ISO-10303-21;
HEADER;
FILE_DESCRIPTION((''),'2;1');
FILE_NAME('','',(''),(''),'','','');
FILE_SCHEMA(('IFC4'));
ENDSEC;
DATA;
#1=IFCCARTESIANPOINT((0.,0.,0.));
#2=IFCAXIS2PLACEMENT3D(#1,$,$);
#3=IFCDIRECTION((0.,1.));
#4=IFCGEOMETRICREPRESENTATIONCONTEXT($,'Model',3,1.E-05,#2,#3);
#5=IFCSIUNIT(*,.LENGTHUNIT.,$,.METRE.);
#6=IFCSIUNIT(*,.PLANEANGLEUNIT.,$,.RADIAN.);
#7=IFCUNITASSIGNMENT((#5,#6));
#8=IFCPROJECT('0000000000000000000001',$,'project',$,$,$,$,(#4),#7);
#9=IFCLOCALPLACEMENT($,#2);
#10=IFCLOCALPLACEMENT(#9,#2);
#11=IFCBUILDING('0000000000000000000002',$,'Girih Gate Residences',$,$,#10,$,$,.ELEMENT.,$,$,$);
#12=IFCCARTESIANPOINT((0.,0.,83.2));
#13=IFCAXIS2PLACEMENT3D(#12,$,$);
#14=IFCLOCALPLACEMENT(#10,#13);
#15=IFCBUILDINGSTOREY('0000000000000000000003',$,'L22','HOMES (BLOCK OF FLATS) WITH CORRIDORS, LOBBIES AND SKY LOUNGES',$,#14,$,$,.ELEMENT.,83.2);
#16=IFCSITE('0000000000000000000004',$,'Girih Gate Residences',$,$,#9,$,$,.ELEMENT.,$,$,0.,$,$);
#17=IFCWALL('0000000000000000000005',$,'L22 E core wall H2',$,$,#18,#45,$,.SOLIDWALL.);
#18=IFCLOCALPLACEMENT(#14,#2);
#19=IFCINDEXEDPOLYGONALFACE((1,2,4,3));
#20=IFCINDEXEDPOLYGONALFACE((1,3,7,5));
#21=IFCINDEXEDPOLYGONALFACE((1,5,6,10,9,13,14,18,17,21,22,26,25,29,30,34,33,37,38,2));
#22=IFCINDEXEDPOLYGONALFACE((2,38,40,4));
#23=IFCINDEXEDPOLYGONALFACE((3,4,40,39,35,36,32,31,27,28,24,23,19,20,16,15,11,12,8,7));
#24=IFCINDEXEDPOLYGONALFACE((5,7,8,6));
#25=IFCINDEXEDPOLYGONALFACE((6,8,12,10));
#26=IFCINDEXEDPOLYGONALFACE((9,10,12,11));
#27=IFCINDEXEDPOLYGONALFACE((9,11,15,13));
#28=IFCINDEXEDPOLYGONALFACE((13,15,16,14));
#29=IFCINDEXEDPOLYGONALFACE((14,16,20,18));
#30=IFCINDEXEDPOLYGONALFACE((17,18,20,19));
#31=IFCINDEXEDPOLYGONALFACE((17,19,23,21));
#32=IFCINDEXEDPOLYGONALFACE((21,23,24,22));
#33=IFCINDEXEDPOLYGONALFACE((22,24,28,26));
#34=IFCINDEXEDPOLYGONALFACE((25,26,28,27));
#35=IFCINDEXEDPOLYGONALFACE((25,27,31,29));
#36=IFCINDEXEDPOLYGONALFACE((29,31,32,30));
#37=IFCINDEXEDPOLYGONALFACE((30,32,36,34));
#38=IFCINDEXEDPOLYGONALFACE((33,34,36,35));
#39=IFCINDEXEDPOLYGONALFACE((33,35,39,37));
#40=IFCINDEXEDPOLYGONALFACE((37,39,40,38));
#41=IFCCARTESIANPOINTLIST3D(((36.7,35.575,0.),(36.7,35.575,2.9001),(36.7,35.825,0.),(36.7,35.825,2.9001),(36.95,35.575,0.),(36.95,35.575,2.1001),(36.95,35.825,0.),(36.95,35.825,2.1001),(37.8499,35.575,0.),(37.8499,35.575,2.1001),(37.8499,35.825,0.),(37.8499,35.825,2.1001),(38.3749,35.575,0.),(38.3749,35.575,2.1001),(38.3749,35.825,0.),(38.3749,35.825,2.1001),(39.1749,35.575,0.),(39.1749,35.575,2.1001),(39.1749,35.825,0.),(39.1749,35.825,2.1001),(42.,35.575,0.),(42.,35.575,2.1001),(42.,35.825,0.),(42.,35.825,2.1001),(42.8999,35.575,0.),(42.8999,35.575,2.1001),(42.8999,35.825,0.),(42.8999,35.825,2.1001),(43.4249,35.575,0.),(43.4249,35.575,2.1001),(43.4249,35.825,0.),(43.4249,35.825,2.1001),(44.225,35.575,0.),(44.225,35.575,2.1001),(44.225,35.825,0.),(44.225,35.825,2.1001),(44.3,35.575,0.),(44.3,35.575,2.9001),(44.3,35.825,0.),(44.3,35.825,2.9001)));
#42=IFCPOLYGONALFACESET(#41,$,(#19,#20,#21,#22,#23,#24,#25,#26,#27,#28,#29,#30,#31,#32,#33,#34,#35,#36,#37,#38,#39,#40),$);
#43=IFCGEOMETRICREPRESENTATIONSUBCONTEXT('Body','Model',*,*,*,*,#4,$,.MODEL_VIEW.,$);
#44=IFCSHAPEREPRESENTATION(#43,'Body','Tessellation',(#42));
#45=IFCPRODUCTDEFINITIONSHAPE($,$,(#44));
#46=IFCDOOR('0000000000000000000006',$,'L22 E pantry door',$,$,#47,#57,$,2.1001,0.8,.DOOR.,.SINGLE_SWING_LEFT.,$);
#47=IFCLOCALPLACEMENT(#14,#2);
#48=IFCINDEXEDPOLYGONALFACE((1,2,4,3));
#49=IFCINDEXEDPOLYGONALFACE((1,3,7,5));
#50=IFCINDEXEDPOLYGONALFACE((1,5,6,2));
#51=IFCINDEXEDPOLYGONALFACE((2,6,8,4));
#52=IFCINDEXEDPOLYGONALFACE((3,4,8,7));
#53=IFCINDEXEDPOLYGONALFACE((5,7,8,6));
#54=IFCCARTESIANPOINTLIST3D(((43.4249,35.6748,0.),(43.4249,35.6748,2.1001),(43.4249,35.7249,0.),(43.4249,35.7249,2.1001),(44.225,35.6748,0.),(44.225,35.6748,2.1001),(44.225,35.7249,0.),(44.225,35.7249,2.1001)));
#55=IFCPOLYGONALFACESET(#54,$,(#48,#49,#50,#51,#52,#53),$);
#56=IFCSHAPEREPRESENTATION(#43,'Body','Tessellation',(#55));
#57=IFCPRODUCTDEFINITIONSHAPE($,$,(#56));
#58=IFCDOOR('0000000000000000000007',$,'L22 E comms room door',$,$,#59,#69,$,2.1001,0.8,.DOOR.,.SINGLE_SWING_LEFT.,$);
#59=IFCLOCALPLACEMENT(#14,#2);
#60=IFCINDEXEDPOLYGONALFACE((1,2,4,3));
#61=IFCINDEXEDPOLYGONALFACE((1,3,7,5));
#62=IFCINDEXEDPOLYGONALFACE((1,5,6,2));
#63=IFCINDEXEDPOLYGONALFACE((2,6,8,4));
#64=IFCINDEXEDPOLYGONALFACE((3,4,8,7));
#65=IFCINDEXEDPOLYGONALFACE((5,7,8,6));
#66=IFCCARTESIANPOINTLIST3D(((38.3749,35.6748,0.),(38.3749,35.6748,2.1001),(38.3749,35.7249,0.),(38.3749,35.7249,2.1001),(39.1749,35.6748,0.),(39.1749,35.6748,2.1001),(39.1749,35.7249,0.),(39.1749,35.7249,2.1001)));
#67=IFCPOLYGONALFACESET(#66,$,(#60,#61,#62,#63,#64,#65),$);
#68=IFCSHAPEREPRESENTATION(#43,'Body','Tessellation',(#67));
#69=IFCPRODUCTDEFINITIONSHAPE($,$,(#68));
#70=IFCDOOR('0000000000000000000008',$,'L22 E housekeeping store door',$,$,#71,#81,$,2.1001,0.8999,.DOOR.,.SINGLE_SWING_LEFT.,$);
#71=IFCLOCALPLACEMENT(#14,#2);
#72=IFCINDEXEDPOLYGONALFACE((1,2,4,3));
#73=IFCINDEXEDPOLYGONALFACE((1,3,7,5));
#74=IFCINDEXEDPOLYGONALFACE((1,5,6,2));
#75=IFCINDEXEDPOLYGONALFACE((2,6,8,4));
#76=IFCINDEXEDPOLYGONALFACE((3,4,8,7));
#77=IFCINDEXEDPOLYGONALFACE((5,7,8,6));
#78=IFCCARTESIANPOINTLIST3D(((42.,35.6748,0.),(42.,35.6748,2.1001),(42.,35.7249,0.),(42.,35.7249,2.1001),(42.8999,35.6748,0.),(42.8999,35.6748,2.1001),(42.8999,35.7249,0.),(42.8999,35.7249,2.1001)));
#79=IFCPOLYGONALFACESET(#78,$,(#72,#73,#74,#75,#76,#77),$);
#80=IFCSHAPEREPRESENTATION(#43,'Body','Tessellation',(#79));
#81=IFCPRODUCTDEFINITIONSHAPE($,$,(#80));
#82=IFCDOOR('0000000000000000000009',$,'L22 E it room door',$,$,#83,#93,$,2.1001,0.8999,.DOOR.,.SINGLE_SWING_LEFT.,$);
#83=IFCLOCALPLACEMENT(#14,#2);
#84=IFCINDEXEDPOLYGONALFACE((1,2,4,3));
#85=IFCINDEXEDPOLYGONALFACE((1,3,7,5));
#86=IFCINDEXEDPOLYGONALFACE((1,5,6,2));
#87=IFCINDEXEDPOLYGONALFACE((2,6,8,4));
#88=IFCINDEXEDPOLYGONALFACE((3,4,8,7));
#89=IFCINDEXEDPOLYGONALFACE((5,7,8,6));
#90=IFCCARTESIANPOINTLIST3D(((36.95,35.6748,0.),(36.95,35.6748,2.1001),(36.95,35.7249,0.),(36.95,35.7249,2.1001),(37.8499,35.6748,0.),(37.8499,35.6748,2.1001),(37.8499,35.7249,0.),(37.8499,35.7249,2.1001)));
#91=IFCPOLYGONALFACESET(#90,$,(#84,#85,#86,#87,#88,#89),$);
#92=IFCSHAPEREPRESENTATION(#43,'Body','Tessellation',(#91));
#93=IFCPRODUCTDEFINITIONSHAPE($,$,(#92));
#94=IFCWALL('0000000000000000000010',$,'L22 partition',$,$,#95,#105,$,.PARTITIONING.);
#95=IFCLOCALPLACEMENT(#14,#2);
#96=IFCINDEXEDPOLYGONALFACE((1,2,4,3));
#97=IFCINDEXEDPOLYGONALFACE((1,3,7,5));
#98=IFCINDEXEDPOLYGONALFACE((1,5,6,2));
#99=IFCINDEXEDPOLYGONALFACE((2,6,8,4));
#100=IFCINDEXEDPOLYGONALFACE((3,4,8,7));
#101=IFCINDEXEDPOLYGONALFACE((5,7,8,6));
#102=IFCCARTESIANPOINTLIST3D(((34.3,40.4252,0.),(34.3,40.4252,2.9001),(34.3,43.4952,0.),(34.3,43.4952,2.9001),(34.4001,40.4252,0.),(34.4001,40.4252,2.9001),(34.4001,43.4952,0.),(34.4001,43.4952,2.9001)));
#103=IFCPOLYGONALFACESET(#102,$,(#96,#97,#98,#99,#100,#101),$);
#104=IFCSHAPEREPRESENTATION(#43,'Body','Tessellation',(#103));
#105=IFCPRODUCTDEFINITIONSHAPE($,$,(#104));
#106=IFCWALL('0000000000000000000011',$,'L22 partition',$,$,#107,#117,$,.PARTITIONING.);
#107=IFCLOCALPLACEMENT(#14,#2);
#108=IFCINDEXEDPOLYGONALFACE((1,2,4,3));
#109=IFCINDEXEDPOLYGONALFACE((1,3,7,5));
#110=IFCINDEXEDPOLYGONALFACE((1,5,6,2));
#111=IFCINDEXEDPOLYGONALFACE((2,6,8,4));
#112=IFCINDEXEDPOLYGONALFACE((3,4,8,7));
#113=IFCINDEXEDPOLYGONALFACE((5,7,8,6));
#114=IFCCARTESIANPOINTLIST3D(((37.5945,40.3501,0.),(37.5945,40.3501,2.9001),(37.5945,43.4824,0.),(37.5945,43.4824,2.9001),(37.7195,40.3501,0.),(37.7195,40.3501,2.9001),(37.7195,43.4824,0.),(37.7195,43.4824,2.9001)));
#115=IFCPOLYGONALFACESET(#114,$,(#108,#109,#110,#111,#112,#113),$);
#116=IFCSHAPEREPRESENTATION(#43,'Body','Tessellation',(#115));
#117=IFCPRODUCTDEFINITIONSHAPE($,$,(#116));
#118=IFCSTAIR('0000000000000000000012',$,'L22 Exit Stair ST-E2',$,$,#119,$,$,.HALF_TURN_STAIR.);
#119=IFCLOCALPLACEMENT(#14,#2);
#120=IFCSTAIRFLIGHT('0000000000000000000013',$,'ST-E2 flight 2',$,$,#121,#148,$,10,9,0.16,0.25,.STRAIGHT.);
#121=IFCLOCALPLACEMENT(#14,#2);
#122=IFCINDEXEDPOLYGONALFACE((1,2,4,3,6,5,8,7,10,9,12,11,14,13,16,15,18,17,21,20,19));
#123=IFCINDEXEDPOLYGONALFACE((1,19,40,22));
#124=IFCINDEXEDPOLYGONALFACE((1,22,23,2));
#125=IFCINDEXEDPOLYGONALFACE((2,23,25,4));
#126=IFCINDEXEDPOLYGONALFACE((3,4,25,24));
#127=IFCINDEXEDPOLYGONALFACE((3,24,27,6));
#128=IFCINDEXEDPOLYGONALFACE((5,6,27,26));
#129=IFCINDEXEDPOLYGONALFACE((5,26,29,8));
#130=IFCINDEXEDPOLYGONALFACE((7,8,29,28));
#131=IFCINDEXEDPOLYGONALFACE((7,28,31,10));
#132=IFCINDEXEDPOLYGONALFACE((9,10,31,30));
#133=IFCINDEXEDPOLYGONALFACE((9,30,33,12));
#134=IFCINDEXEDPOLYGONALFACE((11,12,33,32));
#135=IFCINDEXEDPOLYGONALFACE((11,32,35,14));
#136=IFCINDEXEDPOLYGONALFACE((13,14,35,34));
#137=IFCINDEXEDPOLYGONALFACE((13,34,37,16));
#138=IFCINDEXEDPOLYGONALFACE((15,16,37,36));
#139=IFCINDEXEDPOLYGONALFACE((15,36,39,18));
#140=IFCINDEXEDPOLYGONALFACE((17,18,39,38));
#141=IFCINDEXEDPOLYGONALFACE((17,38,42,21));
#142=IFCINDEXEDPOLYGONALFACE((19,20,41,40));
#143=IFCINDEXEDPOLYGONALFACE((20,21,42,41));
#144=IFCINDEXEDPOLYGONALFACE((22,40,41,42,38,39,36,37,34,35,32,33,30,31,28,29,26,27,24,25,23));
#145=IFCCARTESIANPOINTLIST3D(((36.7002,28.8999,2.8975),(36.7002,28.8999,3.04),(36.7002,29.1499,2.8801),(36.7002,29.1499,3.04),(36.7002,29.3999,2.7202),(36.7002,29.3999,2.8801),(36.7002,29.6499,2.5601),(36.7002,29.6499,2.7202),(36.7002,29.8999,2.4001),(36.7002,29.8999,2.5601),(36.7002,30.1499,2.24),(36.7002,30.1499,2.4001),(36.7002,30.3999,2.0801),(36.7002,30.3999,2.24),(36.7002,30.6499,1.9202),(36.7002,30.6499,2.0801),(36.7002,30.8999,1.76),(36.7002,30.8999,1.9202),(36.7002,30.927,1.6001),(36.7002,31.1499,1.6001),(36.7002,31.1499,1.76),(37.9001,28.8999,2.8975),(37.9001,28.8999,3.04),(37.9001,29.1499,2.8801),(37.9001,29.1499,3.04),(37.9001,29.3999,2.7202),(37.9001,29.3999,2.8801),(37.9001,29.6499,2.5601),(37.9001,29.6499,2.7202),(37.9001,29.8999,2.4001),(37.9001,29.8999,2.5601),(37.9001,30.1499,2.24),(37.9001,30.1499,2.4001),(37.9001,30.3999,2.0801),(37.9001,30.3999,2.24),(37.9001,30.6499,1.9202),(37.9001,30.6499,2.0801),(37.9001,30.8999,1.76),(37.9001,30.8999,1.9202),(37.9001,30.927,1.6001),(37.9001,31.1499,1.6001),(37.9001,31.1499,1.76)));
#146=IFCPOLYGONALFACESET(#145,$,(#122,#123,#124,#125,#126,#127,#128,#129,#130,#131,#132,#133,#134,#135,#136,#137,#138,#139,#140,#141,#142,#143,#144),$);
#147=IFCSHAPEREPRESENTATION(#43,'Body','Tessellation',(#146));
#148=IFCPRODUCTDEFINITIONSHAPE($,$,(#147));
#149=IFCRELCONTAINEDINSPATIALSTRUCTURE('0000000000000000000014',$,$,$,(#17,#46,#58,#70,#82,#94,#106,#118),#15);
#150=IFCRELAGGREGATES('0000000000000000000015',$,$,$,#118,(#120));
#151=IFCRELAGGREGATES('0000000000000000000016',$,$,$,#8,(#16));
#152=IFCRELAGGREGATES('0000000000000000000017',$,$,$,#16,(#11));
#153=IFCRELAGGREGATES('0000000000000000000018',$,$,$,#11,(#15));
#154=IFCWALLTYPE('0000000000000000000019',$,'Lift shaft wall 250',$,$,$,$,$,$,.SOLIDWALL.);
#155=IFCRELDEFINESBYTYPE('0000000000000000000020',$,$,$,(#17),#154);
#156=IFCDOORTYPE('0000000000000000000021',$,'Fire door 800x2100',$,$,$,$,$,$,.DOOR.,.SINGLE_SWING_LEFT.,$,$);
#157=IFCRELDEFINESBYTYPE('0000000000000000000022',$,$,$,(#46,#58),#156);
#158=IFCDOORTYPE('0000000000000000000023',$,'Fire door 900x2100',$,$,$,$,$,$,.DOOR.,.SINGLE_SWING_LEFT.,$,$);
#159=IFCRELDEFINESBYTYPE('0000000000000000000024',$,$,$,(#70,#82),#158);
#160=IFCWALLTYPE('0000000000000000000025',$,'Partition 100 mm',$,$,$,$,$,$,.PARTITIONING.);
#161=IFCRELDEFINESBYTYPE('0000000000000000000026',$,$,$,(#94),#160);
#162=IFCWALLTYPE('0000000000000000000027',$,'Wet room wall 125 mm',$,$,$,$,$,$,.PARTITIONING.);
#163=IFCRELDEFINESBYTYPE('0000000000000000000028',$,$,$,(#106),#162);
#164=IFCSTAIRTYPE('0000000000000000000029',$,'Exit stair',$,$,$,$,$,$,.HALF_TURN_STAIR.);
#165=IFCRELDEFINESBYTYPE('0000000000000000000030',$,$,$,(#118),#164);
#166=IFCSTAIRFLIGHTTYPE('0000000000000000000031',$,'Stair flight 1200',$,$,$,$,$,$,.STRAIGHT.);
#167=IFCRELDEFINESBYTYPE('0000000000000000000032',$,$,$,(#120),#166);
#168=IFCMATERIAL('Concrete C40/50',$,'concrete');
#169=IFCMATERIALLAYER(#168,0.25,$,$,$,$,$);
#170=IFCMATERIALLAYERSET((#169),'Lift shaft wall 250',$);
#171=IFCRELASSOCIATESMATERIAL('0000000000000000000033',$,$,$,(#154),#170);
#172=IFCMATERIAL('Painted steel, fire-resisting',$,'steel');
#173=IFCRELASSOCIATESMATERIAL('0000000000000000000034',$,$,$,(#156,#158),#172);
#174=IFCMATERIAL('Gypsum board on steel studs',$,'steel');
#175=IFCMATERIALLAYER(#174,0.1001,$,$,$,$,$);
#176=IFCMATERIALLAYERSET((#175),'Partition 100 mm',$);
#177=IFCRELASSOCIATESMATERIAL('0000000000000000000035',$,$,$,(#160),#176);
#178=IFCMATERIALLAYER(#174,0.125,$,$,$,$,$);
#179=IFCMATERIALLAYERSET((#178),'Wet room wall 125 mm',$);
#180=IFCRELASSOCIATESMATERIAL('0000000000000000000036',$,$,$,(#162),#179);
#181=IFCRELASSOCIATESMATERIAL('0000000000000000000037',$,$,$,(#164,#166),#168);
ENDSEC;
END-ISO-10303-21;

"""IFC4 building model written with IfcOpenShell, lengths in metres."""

from ifc_helpers import new_model, si_unit, direction, frame, frame_2d, origin, place, context, subcontext, project, spatial, polyline, rectangle, outline, extrude, material, layer, layer_set, type_object, element, fill, aggregate, save


model = new_model("IFC4")

# Units and contexts
model_context = context("Model", 3, precision=1e-05, world=origin(), true_north=direction((0.0, 1.0)))
body_context = subcontext(model_context, "Body", "Model", "MODEL_VIEW")
ifc_project = project(units=[si_unit("LENGTHUNIT", "METRE"), si_unit("PLANEANGLEUNIT", "RADIAN")], contexts=[model_context])

# Site, building, storey
site_placement = place(None, origin())
site = spatial("IfcSite", under=ifc_project, at=site_placement, Name="Girih Gate Residences", CompositionType="ELEMENT", RefElevation=0.0)
building_placement = place(site_placement, origin())
building = spatial("IfcBuilding", under=site, at=building_placement, Name="Girih Gate Residences", CompositionType="ELEMENT")
storey_placement = place(building_placement, frame((0.0, 0.0, 83.2)))
storey = spatial("IfcBuildingStorey", under=building, at=storey_placement, Name="L22", Description="HOMES (BLOCK OF FLATS) WITH CORRIDORS, LOBBIES AND SKY LOUNGES", CompositionType="ELEMENT", Elevation=83.2)

# Shared definitions
ifc_material_1 = material(Name="Gypsum board on steel studs", Category="steel")

# Shared definitions
ifc_material_2 = material(Name="Concrete C40/50", Category="concrete")
ifc_layer_1 = layer(ifc_material_2, 0.25)
ifc_layer_set_1 = layer_set([ifc_layer_1], Name="Lift shaft wall 250")
wall_type_1 = type_object("IfcWallType", Name="Lift shaft wall 250", PredefinedType="SOLIDWALL", material=ifc_layer_set_1)

# Wall, openings, doors
wall_1_placement = place(storey_placement, frame((36.7, 35.7, 0.0), z_axis=(0.0, 0.0, 1.0), x_axis=(1.0, 0.0, 0.0)))
wall_1 = element("IfcWall", 1, at=wall_1_placement, inside=storey, type_object=wall_type_1, Name="L22 E core wall H2", PredefinedType="SOLIDWALL", context=body_context, shape_type="SweptSolid", body=[
    extrude(rectangle(XDim=7.6001, YDim=0.25, at=frame_2d((3.8, 0.0))), origin(), (0.0, 0.0, 1.0), 2.9001),
])
opening_1_placement = place(wall_1_placement, frame((6.7251, 0.0, 0.0)))
opening_1 = element("IfcOpeningElement", 2, at=opening_1_placement, cuts=wall_1, PredefinedType="OPENING", context=body_context, shape_type="SweptSolid", body=[
    extrude(rectangle(XDim=0.8, YDim=2.1001, at=frame_2d((0.3999, 1.05))), frame((0.0, 0.135, 0.0), z_axis=(0.0, -1.0, 0.0), x_axis=(1.0, 0.0, 0.0)), (0.0, 0.0, 1.0), 0.27),
])
opening_2_placement = place(wall_1_placement, frame((5.3, 0.0, 0.0)))
opening_2 = element("IfcOpeningElement", 3, at=opening_2_placement, cuts=wall_1, PredefinedType="OPENING", context=body_context, shape_type="SweptSolid", body=[
    extrude(rectangle(XDim=0.8999, YDim=2.1001, at=frame_2d((0.45, 1.05))), frame((0.0, 0.135, 0.0), z_axis=(0.0, -1.0, 0.0), x_axis=(1.0, 0.0, 0.0)), (0.0, 0.0, 1.0), 0.27),
])
opening_3_placement = place(wall_1_placement, frame((1.675, 0.0, 0.0)))
opening_3 = element("IfcOpeningElement", 4, at=opening_3_placement, cuts=wall_1, PredefinedType="OPENING", context=body_context, shape_type="SweptSolid", body=[
    extrude(rectangle(XDim=0.8, YDim=2.1001, at=frame_2d((0.3999, 1.05))), frame((0.0, 0.135, 0.0), z_axis=(0.0, -1.0, 0.0), x_axis=(1.0, 0.0, 0.0)), (0.0, 0.0, 1.0), 0.27),
])
opening_4_placement = place(wall_1_placement, frame((0.25, 0.0, 0.0)))
opening_4 = element("IfcOpeningElement", 5, at=opening_4_placement, cuts=wall_1, PredefinedType="OPENING", context=body_context, shape_type="SweptSolid", body=[
    extrude(rectangle(XDim=0.8999, YDim=2.1001, at=frame_2d((0.45, 1.05))), frame((0.0, 0.135, 0.0), z_axis=(0.0, -1.0, 0.0), x_axis=(1.0, 0.0, 0.0)), (0.0, 0.0, 1.0), 0.27),
])
ifc_material_3 = material(Name="Painted steel, fire-resisting", Category="steel")
door_type_1 = type_object("IfcDoorType", Name="Fire door 800x2100", OperationType="SINGLE_SWING_LEFT", PredefinedType="DOOR", material=ifc_material_3)
door_1_placement = place(opening_1_placement, origin())
door_1 = element("IfcDoor", 6, at=door_1_placement, inside=storey, type_object=door_type_1, Name="L22 E pantry door", OperationType="SINGLE_SWING_LEFT", OverallHeight=2.1001, OverallWidth=0.8, PredefinedType="DOOR", context=body_context, shape_type="SweptSolid", body=[
    extrude(rectangle(XDim=0.8, YDim=2.1001, at=frame_2d((0.3999, 1.05))), frame((0.0, 0.0249, 0.0), z_axis=(0.0, -1.0, 0.0), x_axis=(1.0, 0.0, 0.0)), (0.0, 0.0, 1.0), 0.05),
])
fill(opening_1, door_1)
door_2_placement = place(opening_3_placement, origin())
door_2 = element("IfcDoor", 7, at=door_2_placement, inside=storey, type_object=door_type_1, Name="L22 E comms room door", OperationType="SINGLE_SWING_LEFT", OverallHeight=2.1001, OverallWidth=0.8, PredefinedType="DOOR", context=body_context, shape_type="SweptSolid", body=[
    extrude(rectangle(XDim=0.8, YDim=2.1001, at=frame_2d((0.3999, 1.05))), frame((0.0, 0.0249, 0.0), z_axis=(0.0, -1.0, 0.0), x_axis=(1.0, 0.0, 0.0)), (0.0, 0.0, 1.0), 0.05),
])
fill(opening_3, door_2)
door_type_2 = type_object("IfcDoorType", Name="Fire door 900x2100", OperationType="SINGLE_SWING_LEFT", PredefinedType="DOOR", material=ifc_material_3)
door_3_placement = place(opening_2_placement, origin())
door_3 = element("IfcDoor", 8, at=door_3_placement, inside=storey, type_object=door_type_2, Name="L22 E housekeeping store door", OperationType="SINGLE_SWING_LEFT", OverallHeight=2.1001, OverallWidth=0.8999, PredefinedType="DOOR", context=body_context, shape_type="SweptSolid", body=[
    extrude(rectangle(XDim=0.8999, YDim=2.1001, at=frame_2d((0.45, 1.05))), frame((0.0, 0.0249, 0.0), z_axis=(0.0, -1.0, 0.0), x_axis=(1.0, 0.0, 0.0)), (0.0, 0.0, 1.0), 0.05),
])
fill(opening_2, door_3)
door_4_placement = place(opening_4_placement, origin())
door_4 = element("IfcDoor", 9, at=door_4_placement, inside=storey, type_object=door_type_2, Name="L22 E it room door", OperationType="SINGLE_SWING_LEFT", OverallHeight=2.1001, OverallWidth=0.8999, PredefinedType="DOOR", context=body_context, shape_type="SweptSolid", body=[
    extrude(rectangle(XDim=0.8999, YDim=2.1001, at=frame_2d((0.45, 1.05))), frame((0.0, 0.0249, 0.0), z_axis=(0.0, -1.0, 0.0), x_axis=(1.0, 0.0, 0.0)), (0.0, 0.0, 1.0), 0.05),
])
fill(opening_4, door_4)

# Walls
ifc_layer_2 = layer(ifc_material_1, 0.1001)
ifc_layer_set_2 = layer_set([ifc_layer_2], Name="Partition 100 mm")
wall_type_2 = type_object("IfcWallType", Name="Partition 100 mm", PredefinedType="PARTITIONING", material=ifc_layer_set_2)
wall_2_placement = place(storey_placement, frame((34.3501, 40.425, 0.0), z_axis=(0.0, 0.0, 1.0), x_axis=(0.0, 1.0, 0.0)))
element("IfcWall", 10, at=wall_2_placement, inside=storey, type_object=wall_type_2, Name="L22 partition", PredefinedType="PARTITIONING", context=body_context, shape_type="SweptSolid", body=[
    extrude(rectangle(XDim=3.0701, YDim=0.1001, at=frame_2d((1.5352, 0.0))), origin(), (0.0, 0.0, 1.0), 2.9001),
])
ifc_layer_3 = layer(ifc_material_1, 0.125)
ifc_layer_set_3 = layer_set([ifc_layer_3], Name="Wet room wall 125 mm")
wall_type_3 = type_object("IfcWallType", Name="Wet room wall 125 mm", PredefinedType="PARTITIONING", material=ifc_layer_set_3)
wall_3_placement = place(storey_placement, frame((37.657, 40.3501, 0.0), z_axis=(0.0, 0.0, 1.0), x_axis=(0.0, 1.0, 0.0)))
element("IfcWall", 11, at=wall_3_placement, inside=storey, type_object=wall_type_3, Name="L22 partition", PredefinedType="PARTITIONING", context=body_context, shape_type="SweptSolid", body=[
    extrude(rectangle(XDim=3.1323, YDim=0.125, at=frame_2d((1.5662, 0.0))), origin(), (0.0, 0.0, 1.0), 2.9001),
])

# Stair, stair flight
stair_type = type_object("IfcStairType", Name="Exit stair", PredefinedType="HALF_TURN_STAIR", material=ifc_material_2)
stair_placement = place(storey_placement, origin())
stair = element("IfcStair", 12, at=stair_placement, inside=storey, type_object=stair_type, Name="L22 Exit Stair ST-E2", PredefinedType="HALF_TURN_STAIR")
stair_flight_type = type_object("IfcStairFlightType", Name="Stair flight 1200", PredefinedType="STRAIGHT", material=ifc_material_2)
stair_flight_placement = place(storey_placement, frame((37.3, 31.1499, 1.6001), z_axis=(0.0, 0.0, 1.0), x_axis=(0.0, -1.0, 0.0)))
stair_flight = element("IfcStairFlight", 13, at=stair_flight_placement, type_object=stair_flight_type, Name="ST-E2 flight 2", NumberOfRisers=10, NumberOfTreads=9, PredefinedType="STRAIGHT", RiserHeight=0.16, TreadLength=0.25, context=body_context, shape_type="SweptSolid", body=[
    extrude(outline(polyline([(0.0, 0.0), (0.0, 0.1599), (0.25, 0.1599), (0.25, 0.3201), (0.5, 0.3201), (0.5, 0.48), (0.75, 0.48), (0.75, 0.6399), (1.0, 0.6399), (1.0, 0.8), (1.25, 0.8), (1.25, 0.96), (1.5, 0.96), (1.5, 1.1201), (1.75, 1.1201), (1.75, 1.28), (2.0, 1.28), (2.0, 1.4399), (2.25, 1.4399), (2.25, 1.6001), (2.25, 1.2974), (0.2229, 0.0), (0.0, 0.0)])), frame((0.0, 0.6001, 0.0), z_axis=(0.0, -1.0, 0.0), x_axis=(1.0, 0.0, 0.0)), (0.0, 0.0, 1.0), 1.2),
])
aggregate(stair, [stair_flight])

save(model, "model.ifc")
